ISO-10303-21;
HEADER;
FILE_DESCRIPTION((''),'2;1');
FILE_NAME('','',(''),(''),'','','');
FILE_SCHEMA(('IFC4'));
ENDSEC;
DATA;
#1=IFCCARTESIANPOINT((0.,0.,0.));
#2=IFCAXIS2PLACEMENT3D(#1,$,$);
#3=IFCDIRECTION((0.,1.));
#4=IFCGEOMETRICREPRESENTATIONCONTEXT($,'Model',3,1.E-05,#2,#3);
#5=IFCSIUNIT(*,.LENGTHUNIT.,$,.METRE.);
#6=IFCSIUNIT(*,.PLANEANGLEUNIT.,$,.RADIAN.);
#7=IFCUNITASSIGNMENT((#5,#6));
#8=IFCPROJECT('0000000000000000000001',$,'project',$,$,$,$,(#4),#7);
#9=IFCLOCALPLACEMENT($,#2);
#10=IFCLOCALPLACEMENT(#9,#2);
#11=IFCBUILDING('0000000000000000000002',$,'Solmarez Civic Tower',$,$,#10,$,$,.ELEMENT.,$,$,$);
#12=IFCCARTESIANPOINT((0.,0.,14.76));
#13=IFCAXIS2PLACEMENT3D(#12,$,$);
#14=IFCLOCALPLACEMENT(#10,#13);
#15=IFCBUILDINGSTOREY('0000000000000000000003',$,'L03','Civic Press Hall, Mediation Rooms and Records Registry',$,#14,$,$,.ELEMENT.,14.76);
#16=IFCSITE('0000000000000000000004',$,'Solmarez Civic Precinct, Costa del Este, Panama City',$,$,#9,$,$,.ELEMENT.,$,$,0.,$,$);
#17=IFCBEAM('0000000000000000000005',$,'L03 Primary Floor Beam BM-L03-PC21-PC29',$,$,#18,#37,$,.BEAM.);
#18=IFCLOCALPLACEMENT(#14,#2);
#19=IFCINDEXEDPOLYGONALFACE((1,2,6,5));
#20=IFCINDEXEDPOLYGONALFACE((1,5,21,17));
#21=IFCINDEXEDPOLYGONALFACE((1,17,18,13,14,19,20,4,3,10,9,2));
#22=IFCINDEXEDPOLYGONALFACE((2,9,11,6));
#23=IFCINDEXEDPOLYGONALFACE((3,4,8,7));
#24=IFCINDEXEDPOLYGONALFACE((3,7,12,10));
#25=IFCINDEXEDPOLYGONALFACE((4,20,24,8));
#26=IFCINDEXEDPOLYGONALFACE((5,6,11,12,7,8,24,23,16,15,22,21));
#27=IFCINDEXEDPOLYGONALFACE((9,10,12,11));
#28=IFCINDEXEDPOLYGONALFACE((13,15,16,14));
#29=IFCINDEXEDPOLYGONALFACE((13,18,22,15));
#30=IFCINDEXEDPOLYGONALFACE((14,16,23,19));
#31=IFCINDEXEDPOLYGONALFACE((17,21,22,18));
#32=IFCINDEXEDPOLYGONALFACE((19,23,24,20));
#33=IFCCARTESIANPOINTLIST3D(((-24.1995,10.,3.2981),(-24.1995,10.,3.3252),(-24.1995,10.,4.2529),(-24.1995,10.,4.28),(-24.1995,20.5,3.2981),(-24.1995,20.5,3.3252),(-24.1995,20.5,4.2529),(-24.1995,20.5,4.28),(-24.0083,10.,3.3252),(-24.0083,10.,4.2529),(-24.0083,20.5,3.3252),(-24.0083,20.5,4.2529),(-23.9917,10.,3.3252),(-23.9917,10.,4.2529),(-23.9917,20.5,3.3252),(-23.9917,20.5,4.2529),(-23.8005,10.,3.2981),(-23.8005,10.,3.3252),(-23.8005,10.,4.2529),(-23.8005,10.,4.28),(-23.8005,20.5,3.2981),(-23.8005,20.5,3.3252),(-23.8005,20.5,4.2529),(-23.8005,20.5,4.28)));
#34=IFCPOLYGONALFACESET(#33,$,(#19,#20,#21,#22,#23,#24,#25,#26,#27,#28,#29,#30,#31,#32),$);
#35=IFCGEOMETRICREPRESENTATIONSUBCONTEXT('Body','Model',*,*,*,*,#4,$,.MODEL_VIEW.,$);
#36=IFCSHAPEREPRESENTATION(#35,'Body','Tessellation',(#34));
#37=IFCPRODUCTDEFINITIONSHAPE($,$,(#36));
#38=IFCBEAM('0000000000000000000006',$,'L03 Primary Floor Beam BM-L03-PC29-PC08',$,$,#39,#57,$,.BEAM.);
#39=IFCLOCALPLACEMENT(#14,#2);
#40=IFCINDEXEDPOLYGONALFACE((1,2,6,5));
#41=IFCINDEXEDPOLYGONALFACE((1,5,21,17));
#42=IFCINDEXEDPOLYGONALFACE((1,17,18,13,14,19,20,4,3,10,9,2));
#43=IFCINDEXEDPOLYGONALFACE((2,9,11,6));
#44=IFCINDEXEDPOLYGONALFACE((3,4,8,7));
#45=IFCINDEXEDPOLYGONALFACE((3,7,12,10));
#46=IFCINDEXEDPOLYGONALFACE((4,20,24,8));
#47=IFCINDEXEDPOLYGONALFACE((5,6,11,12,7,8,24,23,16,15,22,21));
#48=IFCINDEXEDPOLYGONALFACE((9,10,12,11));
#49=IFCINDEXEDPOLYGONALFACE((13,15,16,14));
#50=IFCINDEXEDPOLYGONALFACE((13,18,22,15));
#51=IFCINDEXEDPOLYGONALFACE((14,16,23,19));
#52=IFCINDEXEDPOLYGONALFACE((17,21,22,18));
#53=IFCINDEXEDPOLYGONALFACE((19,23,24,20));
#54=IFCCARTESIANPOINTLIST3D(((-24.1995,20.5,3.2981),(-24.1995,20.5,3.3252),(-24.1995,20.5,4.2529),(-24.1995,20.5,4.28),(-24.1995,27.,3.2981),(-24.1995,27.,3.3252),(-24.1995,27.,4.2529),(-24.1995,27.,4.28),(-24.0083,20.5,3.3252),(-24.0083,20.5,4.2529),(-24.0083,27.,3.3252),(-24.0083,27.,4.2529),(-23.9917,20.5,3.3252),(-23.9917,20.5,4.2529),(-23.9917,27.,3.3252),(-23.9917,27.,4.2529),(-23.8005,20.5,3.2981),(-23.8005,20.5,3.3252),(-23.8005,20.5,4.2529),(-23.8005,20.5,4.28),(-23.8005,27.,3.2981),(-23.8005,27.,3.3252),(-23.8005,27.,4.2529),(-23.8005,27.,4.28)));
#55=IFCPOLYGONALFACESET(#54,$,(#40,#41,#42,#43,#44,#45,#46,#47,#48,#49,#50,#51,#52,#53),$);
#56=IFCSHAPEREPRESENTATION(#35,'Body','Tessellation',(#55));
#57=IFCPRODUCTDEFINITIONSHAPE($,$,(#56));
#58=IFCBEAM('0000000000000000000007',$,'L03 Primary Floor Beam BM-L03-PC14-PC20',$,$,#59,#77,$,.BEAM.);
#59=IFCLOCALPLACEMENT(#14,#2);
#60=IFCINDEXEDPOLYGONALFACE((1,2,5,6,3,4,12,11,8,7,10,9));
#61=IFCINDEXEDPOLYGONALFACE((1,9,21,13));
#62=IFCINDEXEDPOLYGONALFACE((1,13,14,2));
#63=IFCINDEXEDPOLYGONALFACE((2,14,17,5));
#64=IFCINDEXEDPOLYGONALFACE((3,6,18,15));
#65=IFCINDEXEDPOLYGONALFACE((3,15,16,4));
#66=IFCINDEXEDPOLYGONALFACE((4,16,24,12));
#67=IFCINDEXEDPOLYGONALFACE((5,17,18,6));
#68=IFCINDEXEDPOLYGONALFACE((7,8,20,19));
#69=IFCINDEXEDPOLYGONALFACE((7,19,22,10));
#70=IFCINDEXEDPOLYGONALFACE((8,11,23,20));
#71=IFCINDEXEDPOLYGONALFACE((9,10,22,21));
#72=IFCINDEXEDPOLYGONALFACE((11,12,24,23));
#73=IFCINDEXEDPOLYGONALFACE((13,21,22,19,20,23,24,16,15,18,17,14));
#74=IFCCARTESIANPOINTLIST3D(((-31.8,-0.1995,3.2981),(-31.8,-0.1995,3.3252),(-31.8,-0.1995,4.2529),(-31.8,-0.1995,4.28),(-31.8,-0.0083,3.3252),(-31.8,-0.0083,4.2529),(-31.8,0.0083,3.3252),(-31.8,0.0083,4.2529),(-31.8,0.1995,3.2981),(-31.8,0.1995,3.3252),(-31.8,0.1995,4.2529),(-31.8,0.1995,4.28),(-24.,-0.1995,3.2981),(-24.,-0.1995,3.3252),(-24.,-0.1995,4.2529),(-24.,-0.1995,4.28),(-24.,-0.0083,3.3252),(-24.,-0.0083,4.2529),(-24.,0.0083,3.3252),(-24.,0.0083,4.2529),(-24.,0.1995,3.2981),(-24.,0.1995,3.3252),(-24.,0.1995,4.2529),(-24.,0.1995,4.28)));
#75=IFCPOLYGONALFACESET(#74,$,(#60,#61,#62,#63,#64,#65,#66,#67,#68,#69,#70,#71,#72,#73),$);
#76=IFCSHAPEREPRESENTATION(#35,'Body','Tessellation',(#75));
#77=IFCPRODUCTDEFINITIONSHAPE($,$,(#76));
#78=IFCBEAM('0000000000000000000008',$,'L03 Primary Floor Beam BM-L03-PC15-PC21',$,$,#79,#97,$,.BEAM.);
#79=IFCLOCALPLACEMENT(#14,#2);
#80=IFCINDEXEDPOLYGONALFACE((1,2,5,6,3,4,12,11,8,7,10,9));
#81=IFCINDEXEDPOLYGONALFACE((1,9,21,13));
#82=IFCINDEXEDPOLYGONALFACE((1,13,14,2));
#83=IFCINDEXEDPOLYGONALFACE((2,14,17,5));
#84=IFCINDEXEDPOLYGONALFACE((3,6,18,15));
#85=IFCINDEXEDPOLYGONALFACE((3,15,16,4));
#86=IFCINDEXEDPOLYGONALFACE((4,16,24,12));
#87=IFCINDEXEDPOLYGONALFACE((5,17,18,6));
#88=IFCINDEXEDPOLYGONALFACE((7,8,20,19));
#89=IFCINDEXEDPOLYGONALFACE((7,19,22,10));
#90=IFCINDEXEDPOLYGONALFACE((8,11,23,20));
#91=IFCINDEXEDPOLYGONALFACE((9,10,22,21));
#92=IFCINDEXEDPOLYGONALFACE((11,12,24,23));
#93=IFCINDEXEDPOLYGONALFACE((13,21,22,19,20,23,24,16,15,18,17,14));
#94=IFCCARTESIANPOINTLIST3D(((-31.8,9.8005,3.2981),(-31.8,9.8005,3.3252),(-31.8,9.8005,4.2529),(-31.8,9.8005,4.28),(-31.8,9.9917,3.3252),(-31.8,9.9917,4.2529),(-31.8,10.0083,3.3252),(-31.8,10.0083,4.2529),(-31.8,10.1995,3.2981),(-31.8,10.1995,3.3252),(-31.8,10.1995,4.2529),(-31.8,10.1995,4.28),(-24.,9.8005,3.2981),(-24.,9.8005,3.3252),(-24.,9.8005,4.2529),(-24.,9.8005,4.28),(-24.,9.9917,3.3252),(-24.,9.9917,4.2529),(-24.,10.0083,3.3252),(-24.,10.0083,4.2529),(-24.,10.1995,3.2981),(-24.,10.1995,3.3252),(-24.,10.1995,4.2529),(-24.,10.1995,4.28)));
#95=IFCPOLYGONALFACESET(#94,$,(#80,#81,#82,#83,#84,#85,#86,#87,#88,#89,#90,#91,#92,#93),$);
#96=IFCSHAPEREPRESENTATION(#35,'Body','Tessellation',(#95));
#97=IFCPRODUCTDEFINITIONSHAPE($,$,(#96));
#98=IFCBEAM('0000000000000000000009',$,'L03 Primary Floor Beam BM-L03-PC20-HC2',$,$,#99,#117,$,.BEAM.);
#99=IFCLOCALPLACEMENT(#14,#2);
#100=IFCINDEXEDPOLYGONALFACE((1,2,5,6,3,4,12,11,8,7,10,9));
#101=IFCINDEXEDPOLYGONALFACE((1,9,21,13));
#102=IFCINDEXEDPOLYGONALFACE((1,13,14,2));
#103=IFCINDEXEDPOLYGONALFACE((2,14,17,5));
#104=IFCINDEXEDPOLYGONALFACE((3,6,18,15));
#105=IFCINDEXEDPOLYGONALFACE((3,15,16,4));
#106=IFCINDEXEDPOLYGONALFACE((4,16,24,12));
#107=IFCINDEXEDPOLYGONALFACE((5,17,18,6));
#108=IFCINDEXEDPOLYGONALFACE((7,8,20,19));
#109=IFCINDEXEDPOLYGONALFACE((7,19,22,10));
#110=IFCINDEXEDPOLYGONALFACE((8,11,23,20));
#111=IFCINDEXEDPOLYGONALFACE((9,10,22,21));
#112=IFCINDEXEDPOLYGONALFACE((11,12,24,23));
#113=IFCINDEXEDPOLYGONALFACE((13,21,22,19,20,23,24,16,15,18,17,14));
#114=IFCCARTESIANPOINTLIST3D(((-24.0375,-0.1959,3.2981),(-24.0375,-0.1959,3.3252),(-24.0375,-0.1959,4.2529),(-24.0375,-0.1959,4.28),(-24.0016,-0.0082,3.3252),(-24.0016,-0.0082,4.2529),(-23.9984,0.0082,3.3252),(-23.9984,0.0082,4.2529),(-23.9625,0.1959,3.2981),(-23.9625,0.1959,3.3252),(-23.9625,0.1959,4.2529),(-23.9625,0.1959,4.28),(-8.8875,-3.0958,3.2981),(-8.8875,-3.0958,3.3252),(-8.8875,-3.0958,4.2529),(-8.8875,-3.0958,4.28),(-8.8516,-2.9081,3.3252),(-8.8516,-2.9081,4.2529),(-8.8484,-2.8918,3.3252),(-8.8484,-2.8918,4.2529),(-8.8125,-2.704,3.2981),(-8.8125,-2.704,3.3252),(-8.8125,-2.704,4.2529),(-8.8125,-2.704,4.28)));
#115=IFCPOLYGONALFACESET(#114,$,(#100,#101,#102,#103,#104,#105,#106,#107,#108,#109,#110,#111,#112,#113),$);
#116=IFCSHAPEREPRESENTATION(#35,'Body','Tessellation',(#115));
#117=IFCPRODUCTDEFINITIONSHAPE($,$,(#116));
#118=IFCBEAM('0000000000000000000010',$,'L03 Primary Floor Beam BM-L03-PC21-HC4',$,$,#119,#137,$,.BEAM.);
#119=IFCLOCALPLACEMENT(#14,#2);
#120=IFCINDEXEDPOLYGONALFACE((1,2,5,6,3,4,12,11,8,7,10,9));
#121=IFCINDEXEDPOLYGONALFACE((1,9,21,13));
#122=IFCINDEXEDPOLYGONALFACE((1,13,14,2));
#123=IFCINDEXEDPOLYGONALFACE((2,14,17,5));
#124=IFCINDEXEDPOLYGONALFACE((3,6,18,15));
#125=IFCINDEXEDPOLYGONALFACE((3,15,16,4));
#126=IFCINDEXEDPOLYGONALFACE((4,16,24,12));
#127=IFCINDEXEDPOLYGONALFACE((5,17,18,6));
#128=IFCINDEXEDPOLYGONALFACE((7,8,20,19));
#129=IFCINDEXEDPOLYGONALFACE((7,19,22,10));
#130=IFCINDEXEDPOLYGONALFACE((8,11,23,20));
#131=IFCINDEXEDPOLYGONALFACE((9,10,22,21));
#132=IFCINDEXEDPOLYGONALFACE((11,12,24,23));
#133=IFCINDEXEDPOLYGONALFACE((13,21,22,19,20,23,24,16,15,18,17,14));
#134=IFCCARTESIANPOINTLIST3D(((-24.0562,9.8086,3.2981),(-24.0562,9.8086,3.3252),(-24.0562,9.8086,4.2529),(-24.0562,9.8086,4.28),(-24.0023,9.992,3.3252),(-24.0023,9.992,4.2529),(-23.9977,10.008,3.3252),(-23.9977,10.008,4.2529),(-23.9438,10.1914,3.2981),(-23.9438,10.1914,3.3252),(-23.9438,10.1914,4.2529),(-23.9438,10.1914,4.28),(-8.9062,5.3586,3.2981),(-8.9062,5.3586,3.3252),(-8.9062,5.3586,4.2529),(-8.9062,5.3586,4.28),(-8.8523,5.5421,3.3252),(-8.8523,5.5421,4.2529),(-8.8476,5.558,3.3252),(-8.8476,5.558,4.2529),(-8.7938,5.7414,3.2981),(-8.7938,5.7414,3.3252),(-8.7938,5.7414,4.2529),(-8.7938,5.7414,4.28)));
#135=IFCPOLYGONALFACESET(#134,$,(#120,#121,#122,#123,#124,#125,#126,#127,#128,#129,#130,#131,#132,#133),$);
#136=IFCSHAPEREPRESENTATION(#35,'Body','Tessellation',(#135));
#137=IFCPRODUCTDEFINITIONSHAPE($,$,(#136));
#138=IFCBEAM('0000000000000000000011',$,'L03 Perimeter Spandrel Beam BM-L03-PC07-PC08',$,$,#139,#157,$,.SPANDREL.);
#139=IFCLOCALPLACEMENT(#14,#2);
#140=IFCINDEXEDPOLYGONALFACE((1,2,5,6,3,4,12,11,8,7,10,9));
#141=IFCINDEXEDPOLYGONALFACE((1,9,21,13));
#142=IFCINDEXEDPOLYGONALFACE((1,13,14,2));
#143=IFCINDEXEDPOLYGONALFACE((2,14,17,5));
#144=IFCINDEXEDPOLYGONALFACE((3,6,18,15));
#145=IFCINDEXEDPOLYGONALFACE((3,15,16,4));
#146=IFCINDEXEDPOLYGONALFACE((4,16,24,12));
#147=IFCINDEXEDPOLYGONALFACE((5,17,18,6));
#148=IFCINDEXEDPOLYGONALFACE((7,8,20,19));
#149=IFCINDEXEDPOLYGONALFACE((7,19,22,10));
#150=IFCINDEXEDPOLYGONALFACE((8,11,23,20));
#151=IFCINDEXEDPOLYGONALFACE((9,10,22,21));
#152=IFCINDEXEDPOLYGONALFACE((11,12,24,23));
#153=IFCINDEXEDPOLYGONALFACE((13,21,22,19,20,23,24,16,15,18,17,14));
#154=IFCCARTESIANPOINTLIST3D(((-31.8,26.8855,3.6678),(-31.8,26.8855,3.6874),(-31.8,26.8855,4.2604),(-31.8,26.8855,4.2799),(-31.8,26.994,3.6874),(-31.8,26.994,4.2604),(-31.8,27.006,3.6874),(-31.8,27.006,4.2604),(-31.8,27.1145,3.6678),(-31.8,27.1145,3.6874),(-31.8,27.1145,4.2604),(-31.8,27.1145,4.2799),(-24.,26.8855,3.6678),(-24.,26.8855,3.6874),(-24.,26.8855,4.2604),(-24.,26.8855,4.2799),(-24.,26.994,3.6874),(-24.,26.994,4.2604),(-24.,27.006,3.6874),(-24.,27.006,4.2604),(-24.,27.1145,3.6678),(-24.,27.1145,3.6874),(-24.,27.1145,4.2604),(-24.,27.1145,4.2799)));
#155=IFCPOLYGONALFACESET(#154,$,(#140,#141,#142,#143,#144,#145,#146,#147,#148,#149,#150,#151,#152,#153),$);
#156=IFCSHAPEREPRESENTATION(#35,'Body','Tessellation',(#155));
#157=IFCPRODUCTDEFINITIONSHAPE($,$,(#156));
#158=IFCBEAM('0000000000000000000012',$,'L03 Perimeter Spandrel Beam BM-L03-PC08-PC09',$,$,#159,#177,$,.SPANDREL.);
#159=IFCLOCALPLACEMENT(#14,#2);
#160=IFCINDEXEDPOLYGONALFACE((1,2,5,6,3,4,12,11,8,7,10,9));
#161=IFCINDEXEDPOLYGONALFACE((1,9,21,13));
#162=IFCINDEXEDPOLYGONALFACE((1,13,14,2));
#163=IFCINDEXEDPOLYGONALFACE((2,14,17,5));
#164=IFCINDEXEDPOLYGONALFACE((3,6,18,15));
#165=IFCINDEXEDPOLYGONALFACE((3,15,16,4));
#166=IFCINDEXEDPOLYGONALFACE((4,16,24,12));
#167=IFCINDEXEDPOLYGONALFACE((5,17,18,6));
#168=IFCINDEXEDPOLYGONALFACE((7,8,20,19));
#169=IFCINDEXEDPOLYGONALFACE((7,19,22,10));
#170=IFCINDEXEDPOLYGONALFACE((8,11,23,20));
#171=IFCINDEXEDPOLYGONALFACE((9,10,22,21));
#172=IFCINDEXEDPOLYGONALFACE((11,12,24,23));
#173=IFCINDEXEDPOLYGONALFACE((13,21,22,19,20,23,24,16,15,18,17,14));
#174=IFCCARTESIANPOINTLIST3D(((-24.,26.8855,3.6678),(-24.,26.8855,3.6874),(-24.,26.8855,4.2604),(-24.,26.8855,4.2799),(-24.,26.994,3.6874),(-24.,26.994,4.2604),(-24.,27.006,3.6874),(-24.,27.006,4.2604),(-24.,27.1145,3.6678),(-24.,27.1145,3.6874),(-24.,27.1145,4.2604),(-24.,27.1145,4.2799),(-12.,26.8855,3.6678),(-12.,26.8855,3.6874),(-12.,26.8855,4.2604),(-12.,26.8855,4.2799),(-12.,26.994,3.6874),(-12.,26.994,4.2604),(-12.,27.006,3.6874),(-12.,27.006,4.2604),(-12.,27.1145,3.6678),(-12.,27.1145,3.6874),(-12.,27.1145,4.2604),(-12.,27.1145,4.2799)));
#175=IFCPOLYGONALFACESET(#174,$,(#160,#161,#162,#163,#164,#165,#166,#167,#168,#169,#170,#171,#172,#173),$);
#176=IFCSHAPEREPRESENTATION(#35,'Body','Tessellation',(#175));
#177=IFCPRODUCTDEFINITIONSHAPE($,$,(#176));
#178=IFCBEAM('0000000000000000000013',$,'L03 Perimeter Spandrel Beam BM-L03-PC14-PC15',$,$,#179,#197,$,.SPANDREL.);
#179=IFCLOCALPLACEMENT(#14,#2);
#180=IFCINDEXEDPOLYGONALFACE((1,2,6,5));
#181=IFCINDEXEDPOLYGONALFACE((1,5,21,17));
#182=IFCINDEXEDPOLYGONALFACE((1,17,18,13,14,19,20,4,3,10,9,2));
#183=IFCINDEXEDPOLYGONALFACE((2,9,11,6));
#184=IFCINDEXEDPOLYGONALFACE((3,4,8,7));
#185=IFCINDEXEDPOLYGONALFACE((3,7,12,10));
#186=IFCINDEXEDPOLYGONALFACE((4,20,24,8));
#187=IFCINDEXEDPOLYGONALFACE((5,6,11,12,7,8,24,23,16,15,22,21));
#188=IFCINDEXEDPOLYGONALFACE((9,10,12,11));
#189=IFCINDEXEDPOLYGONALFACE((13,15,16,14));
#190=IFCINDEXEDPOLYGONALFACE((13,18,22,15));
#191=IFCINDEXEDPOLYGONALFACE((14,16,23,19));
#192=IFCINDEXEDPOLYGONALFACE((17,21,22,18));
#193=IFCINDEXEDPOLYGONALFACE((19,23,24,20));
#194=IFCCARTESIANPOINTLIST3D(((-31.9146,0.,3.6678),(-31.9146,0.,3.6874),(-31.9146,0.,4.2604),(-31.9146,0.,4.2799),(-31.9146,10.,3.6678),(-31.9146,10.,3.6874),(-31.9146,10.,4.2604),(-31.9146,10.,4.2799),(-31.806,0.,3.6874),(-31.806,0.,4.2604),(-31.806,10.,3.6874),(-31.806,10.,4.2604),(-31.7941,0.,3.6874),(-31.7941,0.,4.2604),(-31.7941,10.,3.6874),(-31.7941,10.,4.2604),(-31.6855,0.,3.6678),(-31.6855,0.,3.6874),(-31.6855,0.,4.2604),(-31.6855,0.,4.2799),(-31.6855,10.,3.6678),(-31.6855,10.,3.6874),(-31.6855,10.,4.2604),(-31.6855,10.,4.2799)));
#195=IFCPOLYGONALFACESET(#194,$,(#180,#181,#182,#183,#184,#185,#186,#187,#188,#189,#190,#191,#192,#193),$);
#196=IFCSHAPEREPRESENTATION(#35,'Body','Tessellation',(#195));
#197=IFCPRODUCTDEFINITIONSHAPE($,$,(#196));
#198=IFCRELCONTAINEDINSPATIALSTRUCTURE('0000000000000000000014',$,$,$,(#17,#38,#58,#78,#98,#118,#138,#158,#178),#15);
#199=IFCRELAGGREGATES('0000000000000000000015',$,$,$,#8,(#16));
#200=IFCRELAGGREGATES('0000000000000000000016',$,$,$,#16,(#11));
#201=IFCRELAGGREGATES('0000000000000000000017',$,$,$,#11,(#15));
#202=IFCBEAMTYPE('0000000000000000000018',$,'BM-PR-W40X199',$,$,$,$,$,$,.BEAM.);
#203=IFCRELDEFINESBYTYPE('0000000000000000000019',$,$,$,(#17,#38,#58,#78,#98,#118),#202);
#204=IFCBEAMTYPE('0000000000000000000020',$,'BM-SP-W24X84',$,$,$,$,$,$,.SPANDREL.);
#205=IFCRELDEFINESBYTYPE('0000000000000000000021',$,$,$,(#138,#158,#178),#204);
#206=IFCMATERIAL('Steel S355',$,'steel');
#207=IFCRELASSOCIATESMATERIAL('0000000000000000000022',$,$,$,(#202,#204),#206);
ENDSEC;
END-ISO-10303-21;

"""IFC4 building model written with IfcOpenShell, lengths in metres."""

from ifc_helpers import new_model, si_unit, direction, frame, origin, origin_2d, place, context, subcontext, project, spatial, i_section, extrude, material, material_profile, profile_set, type_object, element, save


model = new_model("IFC4")

# Units and contexts
model_context = context("Model", 3, precision=1e-05, world=origin(), true_north=direction((0.0, 1.0)))
body_context = subcontext(model_context, "Body", "Model", "MODEL_VIEW")
ifc_project = project(units=[si_unit("LENGTHUNIT", "METRE"), si_unit("PLANEANGLEUNIT", "RADIAN")], contexts=[model_context])

# Site, building, storey
site_placement = place(None, origin())
site = spatial("IfcSite", under=ifc_project, at=site_placement, Name="Solmarez Civic Precinct, Costa del Este, Panama City", CompositionType="ELEMENT", RefElevation=0.0)
building_placement = place(site_placement, origin())
building = spatial("IfcBuilding", under=site, at=building_placement, Name="Solmarez Civic Tower", CompositionType="ELEMENT")
storey_placement = place(building_placement, frame((0.0, 0.0, 14.76)))
storey = spatial("IfcBuildingStorey", under=building, at=storey_placement, Name="L03", Description="Civic Press Hall, Mediation Rooms and Records Registry", CompositionType="ELEMENT", Elevation=14.76)

# Beams
ifc_material_1 = material(Name="Steel S355", Category="steel")
ifc_material_profile_1 = material_profile(ifc_material_1, i_section(OverallWidth=0.3989, OverallDepth=0.9819, WebThickness=0.0166, FlangeThickness=0.0271, at=origin_2d()), Name="W40X199")
ifc_profile_set_1 = profile_set([ifc_material_profile_1], Name="Steel S355")
beam_type_1 = type_object("IfcBeamType", Name="BM-PR-W40X199", PredefinedType="BEAM", material=ifc_profile_set_1)
beam_1_placement = place(storey_placement, frame((-24.0, 10.0, 3.7891), z_axis=(0.0, 1.0, 0.0), x_axis=(-1.0, 0.0, 0.0)))
element("IfcBeam", 1, at=beam_1_placement, inside=storey, type_object=beam_type_1, Name="L03 Primary Floor Beam BM-L03-PC21-PC29", PredefinedType="BEAM", context=body_context, shape_type="SweptSolid", body=[
    extrude(i_section(OverallWidth=0.3989, OverallDepth=0.9819, WebThickness=0.0166, FlangeThickness=0.0271, at=origin_2d()), origin(), (0.0, 0.0, 1.0), 10.5),
])
beam_2_placement = place(storey_placement, frame((-24.0, 20.5, 3.7891), z_axis=(0.0, 1.0, 0.0), x_axis=(-1.0, 0.0, 0.0)))
element("IfcBeam", 2, at=beam_2_placement, inside=storey, type_object=beam_type_1, Name="L03 Primary Floor Beam BM-L03-PC29-PC08", PredefinedType="BEAM", context=body_context, shape_type="SweptSolid", body=[
    extrude(i_section(OverallWidth=0.3989, OverallDepth=0.9819, WebThickness=0.0166, FlangeThickness=0.0271, at=origin_2d()), origin(), (0.0, 0.0, 1.0), 6.5),
])
for number, where, z_axis, x_axis, name in (
    (3, (-31.8, 0.0, 3.7891), (1.0, 0.0, 0.0), (0.0, 1.0, 0.0), "L03 Primary Floor Beam BM-L03-PC14-PC20"),
    (4, (-31.8, 10.0, 3.7891), (1.0, 0.0, 0.0), (0.0, 1.0, 0.0), "L03 Primary Floor Beam BM-L03-PC15-PC21"),
):
    element("IfcBeam", number, at=place(storey_placement, frame(where, z_axis=z_axis, x_axis=x_axis)), inside=storey, type_object=beam_type_1, Name=name, PredefinedType="BEAM", context=body_context, shape_type="SweptSolid", body=[
        extrude(i_section(OverallWidth=0.3989, OverallDepth=0.9819, WebThickness=0.0166, FlangeThickness=0.0271, at=origin_2d()), origin(), (0.0, 0.0, 1.0), 7.8),
    ])
beam_3_placement = place(storey_placement, frame((-24.0, 0.0, 3.7891), z_axis=(0.982169, -0.188001, 0.0), x_axis=(0.188001, 0.982169, 0.0)))
element("IfcBeam", 5, at=beam_3_placement, inside=storey, type_object=beam_type_1, Name="L03 Primary Floor Beam BM-L03-PC20-HC2", PredefinedType="BEAM", context=body_context, shape_type="SweptSolid", body=[
    extrude(i_section(OverallWidth=0.3989, OverallDepth=0.9819, WebThickness=0.0166, FlangeThickness=0.0271, at=origin_2d()), origin(), (0.0, 0.0, 1.0), 15.425),
])
beam_4_placement = place(storey_placement, frame((-24.0, 10.0, 3.7891), z_axis=(0.959467, -0.281822, 0.0), x_axis=(0.281822, 0.959467, 0.0)))
element("IfcBeam", 6, at=beam_4_placement, inside=storey, type_object=beam_type_1, Name="L03 Primary Floor Beam BM-L03-PC21-HC4", PredefinedType="BEAM", context=body_context, shape_type="SweptSolid", body=[
    extrude(i_section(OverallWidth=0.3989, OverallDepth=0.9819, WebThickness=0.0166, FlangeThickness=0.0271, at=origin_2d()), origin(), (0.0, 0.0, 1.0), 15.79),
])
ifc_material_profile_2 = material_profile(ifc_material_1, i_section(OverallWidth=0.229, OverallDepth=0.6121, WebThickness=0.012, FlangeThickness=0.0195, at=origin_2d()), Name="W24X84")
ifc_profile_set_2 = profile_set([ifc_material_profile_2], Name="Steel S355")
beam_type_2 = type_object("IfcBeamType", Name="BM-SP-W24X84", PredefinedType="SPANDREL", material=ifc_profile_set_2)
beam_5_placement = place(storey_placement, frame((-31.8, 27.0, 3.9739), z_axis=(1.0, 0.0, 0.0), x_axis=(0.0, 1.0, 0.0)))
element("IfcBeam", 7, at=beam_5_placement, inside=storey, type_object=beam_type_2, Name="L03 Perimeter Spandrel Beam BM-L03-PC07-PC08", PredefinedType="SPANDREL", context=body_context, shape_type="SweptSolid", body=[
    extrude(i_section(OverallWidth=0.229, OverallDepth=0.6121, WebThickness=0.012, FlangeThickness=0.0195, at=origin_2d()), origin(), (0.0, 0.0, 1.0), 7.8),
])
beam_6_placement = place(storey_placement, frame((-24.0, 27.0, 3.9739), z_axis=(1.0, 0.0, 0.0), x_axis=(0.0, 1.0, 0.0)))
element("IfcBeam", 8, at=beam_6_placement, inside=storey, type_object=beam_type_2, Name="L03 Perimeter Spandrel Beam BM-L03-PC08-PC09", PredefinedType="SPANDREL", context=body_context, shape_type="SweptSolid", body=[
    extrude(i_section(OverallWidth=0.229, OverallDepth=0.6121, WebThickness=0.012, FlangeThickness=0.0195, at=origin_2d()), origin(), (0.0, 0.0, 1.0), 12.0),
])
beam_7_placement = place(storey_placement, frame((-31.8, 0.0, 3.9739), z_axis=(0.0, 1.0, 0.0), x_axis=(-1.0, 0.0, 0.0)))
element("IfcBeam", 9, at=beam_7_placement, inside=storey, type_object=beam_type_2, Name="L03 Perimeter Spandrel Beam BM-L03-PC14-PC15", PredefinedType="SPANDREL", context=body_context, shape_type="SweptSolid", body=[
    extrude(i_section(OverallWidth=0.229, OverallDepth=0.6121, WebThickness=0.012, FlangeThickness=0.0195, at=origin_2d()), origin(), (0.0, 0.0, 1.0), 10.0),
])

save(model, "model.ifc")
